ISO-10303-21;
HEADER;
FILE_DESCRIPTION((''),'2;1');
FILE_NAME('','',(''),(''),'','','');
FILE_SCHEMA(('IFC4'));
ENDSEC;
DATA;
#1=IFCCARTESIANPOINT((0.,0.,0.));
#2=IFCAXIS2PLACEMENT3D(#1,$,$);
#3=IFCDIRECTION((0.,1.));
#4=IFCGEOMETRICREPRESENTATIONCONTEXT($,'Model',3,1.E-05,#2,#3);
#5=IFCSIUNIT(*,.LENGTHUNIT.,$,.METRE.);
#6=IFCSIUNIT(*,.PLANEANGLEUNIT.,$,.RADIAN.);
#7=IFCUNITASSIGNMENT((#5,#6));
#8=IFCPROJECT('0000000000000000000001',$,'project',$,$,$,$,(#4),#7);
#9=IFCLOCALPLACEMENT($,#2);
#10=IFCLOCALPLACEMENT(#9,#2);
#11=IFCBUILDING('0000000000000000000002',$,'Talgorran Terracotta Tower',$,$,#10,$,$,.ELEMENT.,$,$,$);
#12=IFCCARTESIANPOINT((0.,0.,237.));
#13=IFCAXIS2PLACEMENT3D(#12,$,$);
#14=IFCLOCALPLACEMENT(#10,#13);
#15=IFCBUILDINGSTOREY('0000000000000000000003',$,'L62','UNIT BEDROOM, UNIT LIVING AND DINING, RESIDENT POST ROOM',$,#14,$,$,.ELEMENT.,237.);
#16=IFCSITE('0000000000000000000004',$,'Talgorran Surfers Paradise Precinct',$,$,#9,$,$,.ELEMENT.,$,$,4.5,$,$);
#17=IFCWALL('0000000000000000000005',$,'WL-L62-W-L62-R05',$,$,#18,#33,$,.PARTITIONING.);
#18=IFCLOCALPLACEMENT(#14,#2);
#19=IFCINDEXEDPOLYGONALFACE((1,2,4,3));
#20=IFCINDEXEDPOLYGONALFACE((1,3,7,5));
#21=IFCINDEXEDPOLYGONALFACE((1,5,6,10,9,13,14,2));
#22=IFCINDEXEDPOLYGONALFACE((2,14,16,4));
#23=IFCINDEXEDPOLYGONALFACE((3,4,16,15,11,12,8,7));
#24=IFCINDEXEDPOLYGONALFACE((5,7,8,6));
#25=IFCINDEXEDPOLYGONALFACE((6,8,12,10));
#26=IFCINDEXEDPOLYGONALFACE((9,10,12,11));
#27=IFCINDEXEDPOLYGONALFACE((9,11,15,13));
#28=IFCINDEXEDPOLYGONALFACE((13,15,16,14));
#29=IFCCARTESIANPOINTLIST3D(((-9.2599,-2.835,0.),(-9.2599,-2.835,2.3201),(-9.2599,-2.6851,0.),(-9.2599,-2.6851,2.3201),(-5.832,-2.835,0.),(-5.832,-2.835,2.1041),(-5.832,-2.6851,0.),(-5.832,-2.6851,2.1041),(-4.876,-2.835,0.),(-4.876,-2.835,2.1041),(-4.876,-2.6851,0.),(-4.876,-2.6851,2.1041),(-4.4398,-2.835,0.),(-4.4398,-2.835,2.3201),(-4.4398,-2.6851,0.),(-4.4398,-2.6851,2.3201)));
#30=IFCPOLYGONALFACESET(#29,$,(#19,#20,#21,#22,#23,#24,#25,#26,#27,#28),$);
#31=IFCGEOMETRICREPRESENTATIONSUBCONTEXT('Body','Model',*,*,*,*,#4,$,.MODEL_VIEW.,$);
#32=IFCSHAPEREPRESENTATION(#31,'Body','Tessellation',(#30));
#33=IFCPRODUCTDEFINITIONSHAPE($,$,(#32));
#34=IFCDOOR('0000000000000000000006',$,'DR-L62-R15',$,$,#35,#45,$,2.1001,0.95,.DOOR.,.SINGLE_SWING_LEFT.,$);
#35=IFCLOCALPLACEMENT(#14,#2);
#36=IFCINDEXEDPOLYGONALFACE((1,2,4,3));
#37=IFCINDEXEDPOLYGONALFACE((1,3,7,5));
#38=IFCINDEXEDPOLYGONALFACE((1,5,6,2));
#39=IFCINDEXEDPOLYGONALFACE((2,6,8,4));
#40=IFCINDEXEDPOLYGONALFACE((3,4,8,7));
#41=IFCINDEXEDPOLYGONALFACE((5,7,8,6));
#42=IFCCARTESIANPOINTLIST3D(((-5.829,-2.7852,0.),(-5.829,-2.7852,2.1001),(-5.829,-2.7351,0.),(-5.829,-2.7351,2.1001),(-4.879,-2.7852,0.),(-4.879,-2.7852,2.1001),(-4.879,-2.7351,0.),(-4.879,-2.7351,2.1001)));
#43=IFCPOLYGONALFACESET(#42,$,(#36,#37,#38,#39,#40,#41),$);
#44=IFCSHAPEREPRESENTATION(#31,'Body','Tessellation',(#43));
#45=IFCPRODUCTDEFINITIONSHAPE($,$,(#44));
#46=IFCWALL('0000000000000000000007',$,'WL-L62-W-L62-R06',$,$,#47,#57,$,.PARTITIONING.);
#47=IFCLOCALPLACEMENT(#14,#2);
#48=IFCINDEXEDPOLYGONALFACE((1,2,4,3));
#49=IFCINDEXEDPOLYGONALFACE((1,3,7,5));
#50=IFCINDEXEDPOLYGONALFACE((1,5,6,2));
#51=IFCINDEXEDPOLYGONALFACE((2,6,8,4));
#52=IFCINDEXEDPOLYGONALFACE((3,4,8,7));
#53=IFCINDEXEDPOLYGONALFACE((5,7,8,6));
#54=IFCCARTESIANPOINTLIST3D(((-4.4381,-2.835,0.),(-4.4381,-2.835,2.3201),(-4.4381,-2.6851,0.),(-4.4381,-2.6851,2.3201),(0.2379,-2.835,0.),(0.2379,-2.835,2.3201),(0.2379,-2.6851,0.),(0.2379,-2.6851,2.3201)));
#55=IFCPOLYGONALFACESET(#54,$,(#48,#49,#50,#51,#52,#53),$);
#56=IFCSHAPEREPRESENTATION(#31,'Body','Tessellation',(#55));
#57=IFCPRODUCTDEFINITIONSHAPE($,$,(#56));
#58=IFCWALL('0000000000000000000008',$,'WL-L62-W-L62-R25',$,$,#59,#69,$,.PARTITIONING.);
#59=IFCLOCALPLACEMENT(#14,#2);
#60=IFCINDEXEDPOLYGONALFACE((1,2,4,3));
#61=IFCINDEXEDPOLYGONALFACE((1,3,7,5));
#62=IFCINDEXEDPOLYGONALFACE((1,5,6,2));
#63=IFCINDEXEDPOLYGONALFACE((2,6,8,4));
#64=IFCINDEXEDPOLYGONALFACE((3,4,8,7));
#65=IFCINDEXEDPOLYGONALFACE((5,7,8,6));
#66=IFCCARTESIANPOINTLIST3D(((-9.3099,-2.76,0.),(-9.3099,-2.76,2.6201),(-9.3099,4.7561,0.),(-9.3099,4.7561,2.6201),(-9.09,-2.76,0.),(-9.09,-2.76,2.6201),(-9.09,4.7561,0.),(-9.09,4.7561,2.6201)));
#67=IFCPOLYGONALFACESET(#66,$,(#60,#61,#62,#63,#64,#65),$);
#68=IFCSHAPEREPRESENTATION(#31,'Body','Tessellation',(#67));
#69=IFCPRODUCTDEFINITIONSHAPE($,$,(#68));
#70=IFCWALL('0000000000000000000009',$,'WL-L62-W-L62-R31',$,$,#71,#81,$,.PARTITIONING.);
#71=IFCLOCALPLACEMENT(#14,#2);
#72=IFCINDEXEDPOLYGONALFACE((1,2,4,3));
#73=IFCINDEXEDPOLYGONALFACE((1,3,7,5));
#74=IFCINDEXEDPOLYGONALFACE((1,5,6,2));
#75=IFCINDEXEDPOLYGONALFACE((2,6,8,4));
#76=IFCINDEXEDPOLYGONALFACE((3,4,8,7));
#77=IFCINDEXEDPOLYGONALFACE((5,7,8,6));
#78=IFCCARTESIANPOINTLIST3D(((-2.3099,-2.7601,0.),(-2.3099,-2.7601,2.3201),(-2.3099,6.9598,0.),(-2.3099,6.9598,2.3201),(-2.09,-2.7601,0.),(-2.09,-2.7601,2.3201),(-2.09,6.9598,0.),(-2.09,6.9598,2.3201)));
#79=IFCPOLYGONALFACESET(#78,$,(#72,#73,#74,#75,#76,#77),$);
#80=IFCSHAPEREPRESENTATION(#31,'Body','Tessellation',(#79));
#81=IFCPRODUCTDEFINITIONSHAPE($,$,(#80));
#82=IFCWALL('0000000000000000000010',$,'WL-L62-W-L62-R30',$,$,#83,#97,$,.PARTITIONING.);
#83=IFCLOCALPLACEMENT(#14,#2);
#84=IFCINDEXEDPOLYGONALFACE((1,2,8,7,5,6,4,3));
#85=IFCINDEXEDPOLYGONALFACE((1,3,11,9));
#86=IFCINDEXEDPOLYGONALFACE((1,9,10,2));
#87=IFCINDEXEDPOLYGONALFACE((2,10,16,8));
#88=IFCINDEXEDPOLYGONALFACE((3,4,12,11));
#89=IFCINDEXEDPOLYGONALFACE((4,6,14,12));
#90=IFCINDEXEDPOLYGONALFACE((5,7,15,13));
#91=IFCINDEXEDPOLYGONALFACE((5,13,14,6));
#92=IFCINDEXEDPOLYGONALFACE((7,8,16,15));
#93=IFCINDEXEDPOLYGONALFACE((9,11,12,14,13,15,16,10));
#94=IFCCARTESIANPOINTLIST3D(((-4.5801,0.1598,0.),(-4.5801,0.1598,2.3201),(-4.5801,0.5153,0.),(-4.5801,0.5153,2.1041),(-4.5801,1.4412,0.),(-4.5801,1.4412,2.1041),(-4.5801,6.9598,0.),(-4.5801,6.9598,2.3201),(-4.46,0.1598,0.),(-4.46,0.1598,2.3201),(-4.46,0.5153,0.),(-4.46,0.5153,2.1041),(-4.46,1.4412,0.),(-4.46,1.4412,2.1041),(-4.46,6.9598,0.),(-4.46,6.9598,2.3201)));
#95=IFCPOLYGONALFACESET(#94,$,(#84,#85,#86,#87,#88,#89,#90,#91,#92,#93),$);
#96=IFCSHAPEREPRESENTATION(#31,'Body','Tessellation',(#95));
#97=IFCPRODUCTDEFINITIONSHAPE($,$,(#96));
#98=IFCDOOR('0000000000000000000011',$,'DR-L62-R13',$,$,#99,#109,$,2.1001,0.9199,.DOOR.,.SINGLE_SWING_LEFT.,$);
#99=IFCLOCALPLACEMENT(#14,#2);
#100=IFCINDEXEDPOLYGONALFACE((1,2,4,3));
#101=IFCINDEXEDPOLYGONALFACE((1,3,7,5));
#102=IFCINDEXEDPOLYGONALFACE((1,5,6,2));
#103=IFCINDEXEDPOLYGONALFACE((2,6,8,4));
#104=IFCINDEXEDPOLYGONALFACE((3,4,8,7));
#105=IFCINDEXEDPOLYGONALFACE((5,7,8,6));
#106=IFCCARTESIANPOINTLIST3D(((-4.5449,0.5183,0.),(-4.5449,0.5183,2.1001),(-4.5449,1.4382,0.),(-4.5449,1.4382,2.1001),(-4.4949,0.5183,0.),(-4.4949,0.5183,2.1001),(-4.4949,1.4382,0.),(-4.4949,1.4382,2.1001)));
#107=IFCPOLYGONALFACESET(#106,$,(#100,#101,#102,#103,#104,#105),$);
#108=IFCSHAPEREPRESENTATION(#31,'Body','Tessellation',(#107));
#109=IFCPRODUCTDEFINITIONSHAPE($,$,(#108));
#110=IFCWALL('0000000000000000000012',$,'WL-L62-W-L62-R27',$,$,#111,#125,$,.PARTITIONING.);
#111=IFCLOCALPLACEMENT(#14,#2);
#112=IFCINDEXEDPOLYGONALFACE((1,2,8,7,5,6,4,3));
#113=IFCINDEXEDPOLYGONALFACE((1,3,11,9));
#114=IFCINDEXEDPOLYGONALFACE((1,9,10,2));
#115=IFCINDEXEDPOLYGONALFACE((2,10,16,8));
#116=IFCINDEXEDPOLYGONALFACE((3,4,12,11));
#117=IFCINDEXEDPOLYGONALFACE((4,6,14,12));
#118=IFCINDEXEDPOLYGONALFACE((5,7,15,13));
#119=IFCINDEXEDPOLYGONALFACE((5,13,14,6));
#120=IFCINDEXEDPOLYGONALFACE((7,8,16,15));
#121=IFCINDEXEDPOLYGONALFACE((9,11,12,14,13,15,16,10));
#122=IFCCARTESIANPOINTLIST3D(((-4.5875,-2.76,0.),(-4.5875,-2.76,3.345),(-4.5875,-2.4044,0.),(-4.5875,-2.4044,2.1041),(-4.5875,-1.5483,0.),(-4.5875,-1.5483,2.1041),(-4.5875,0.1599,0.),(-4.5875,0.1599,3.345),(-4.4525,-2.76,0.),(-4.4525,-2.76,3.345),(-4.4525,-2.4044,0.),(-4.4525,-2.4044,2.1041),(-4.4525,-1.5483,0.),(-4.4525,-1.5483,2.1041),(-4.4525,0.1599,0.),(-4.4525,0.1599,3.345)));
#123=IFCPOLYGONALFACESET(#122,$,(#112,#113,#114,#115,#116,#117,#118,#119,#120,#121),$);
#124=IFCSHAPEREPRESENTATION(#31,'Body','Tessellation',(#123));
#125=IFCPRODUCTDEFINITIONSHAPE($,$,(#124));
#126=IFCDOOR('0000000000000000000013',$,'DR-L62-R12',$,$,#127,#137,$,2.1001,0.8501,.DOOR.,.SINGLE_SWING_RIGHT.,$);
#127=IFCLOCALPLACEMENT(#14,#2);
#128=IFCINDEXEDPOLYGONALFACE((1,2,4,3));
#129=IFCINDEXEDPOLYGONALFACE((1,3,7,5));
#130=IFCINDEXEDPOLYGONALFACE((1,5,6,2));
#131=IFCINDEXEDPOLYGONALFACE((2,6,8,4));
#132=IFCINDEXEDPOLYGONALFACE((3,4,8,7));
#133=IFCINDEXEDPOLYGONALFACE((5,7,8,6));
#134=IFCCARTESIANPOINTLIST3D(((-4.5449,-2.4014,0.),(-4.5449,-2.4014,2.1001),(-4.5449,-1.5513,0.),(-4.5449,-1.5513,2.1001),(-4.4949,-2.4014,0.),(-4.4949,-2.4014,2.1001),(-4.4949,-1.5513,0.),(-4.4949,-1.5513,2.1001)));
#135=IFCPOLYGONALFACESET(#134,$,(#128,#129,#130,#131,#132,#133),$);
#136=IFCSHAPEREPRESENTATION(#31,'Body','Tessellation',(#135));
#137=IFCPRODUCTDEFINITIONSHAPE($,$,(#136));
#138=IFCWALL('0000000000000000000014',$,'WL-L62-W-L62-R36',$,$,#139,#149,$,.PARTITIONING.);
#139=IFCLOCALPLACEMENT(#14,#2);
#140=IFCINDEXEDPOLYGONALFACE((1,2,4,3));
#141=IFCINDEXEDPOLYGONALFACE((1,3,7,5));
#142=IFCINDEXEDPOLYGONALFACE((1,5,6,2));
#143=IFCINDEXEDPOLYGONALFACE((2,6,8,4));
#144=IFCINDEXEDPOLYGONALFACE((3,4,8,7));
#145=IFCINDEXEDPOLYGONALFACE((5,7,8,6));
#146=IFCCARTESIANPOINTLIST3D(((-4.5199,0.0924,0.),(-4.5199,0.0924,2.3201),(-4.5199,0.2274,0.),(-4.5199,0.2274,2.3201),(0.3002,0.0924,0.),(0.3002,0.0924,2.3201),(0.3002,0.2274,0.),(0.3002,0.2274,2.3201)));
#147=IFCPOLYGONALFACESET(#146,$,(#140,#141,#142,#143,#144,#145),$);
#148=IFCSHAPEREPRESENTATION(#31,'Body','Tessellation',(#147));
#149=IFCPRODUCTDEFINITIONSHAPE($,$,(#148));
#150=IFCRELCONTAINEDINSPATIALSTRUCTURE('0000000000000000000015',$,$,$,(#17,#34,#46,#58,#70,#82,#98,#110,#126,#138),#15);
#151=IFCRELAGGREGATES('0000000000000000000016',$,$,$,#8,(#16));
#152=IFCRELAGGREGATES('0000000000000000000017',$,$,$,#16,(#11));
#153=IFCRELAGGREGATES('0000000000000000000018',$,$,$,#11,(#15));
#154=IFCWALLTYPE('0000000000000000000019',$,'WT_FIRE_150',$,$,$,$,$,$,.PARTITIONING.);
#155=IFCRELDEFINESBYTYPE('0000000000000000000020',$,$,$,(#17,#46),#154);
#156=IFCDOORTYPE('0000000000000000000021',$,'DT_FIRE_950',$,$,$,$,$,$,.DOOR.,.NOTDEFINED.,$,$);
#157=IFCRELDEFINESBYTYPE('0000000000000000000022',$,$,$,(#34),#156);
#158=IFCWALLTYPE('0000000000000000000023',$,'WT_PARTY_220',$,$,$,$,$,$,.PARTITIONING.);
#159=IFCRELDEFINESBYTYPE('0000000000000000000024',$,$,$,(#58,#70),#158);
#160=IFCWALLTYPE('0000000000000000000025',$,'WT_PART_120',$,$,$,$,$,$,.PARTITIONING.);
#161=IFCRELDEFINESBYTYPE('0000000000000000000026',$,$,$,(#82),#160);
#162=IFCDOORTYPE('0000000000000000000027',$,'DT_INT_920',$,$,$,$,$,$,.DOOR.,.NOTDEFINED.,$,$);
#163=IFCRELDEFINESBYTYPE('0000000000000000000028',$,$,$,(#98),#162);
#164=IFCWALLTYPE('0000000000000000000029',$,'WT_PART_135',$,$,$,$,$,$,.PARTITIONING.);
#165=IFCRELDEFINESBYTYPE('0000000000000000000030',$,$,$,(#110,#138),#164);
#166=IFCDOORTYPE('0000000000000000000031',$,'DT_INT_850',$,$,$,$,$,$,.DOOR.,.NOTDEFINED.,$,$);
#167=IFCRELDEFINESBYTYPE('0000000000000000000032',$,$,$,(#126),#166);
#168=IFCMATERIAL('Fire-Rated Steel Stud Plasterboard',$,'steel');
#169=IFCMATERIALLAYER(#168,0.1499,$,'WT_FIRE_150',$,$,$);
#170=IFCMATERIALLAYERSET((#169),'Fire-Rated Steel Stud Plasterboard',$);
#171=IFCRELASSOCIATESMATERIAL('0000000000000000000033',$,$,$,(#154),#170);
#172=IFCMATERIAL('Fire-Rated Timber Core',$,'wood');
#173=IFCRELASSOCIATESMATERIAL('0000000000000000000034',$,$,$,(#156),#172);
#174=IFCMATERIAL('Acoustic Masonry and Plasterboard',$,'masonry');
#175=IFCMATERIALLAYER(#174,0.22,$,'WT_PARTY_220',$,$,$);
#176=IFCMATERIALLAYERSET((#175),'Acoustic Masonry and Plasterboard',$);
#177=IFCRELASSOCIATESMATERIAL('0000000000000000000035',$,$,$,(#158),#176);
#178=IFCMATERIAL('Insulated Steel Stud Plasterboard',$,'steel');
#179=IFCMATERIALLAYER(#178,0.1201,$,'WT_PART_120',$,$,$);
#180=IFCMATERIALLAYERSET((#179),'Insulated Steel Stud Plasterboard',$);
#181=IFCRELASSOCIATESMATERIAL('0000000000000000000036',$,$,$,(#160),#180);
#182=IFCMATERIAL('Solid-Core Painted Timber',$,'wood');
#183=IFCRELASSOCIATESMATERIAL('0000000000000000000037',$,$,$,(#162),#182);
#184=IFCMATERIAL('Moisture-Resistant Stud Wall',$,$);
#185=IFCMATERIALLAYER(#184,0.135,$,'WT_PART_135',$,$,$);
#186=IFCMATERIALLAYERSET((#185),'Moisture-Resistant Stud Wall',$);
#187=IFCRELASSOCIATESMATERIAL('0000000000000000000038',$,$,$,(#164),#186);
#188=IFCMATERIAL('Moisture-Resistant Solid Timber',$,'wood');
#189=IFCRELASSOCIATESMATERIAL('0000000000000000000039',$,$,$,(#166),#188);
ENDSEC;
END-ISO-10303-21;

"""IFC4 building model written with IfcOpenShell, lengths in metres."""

from ifc_helpers import new_model, si_unit, direction, frame, frame_2d, origin, place, context, subcontext, project, spatial, rectangle, extrude, material, layer, layer_set, type_object, element, fill, save


model = new_model("IFC4")

# Units and contexts
model_context = context("Model", 3, precision=1e-05, world=origin(), true_north=direction((0.0, 1.0)))
body_context = subcontext(model_context, "Body", "Model", "MODEL_VIEW")
ifc_project = project(units=[si_unit("LENGTHUNIT", "METRE"), si_unit("PLANEANGLEUNIT", "RADIAN")], contexts=[model_context])

# Site, building, storey
site_placement = place(None, origin())
site = spatial("IfcSite", under=ifc_project, at=site_placement, Name="Talgorran Surfers Paradise Precinct", CompositionType="ELEMENT", RefElevation=4.5)
building_placement = place(site_placement, origin())
building = spatial("IfcBuilding", under=site, at=building_placement, Name="Talgorran Terracotta Tower", CompositionType="ELEMENT")
storey_placement = place(building_placement, frame((0.0, 0.0, 237.0)))
storey = spatial("IfcBuildingStorey", under=building, at=storey_placement, Name="L62", Description="UNIT BEDROOM, UNIT LIVING AND DINING, RESIDENT POST ROOM", CompositionType="ELEMENT", Elevation=237.0)

# Shared definitions
ifc_material_1 = material(Name="Fire-Rated Steel Stud Plasterboard", Category="steel")
ifc_layer_1 = layer(ifc_material_1, 0.1499, Name="WT_FIRE_150")
ifc_layer_set_1 = layer_set([ifc_layer_1], Name="Fire-Rated Steel Stud Plasterboard")
wall_type_1 = type_object("IfcWallType", Name="WT_FIRE_150", PredefinedType="PARTITIONING", material=ifc_layer_set_1)

# Wall, opening, door
ifc_material_2 = material(Name="Solid-Core Painted Timber", Category="wood")
wall_1_placement = place(storey_placement, frame((-9.26, -2.76, 0.0), z_axis=(0.0, 0.0, 1.0), x_axis=(1.0, 0.0, 0.0)))
wall_1 = element("IfcWall", 1, at=wall_1_placement, inside=storey, type_object=wall_type_1, Name="WL-L62-W-L62-R05", PredefinedType="PARTITIONING", context=body_context, shape_type="SweptSolid", body=[
    extrude(rectangle(XDim=4.8201, YDim=0.1499, at=frame_2d((2.4102, 0.0))), origin(), (0.0, 0.0, 1.0), 2.3201),
])
opening_1_placement = place(wall_1_placement, frame((3.4309, 0.0, 0.0)))
opening_1 = element("IfcOpeningElement", 2, at=opening_1_placement, cuts=wall_1, PredefinedType="OPENING", context=body_context, shape_type="SweptSolid", body=[
    extrude(rectangle(XDim=0.956, YDim=2.1041, at=frame_2d((0.4751, 1.052))), frame((0.0, 0.085, 0.0), z_axis=(0.0, -1.0, 0.0), x_axis=(1.0, 0.0, 0.0)), (0.0, 0.0, 1.0), 0.1699),
])
ifc_material_3 = material(Name="Fire-Rated Timber Core", Category="wood")
door_type_1 = type_object("IfcDoorType", Name="DT_FIRE_950", OperationType="NOTDEFINED", PredefinedType="DOOR", material=ifc_material_3)
door_1_placement = place(opening_1_placement, origin())
door_1 = element("IfcDoor", 3, at=door_1_placement, inside=storey, type_object=door_type_1, Name="DR-L62-R15", OperationType="SINGLE_SWING_LEFT", OverallHeight=2.1001, OverallWidth=0.95, PredefinedType="DOOR", context=body_context, shape_type="SweptSolid", body=[
    extrude(rectangle(XDim=0.95, YDim=2.1001, at=frame_2d((0.4751, 1.05))), frame((0.0, 0.0249, 0.0), z_axis=(0.0, -1.0, 0.0), x_axis=(1.0, 0.0, 0.0)), (0.0, 0.0, 1.0), 0.05),
])
fill(opening_1, door_1)

# Walls
wall_2_placement = place(storey_placement, frame((-4.438, -2.76, 0.0), z_axis=(0.0, 0.0, 1.0), x_axis=(1.0, 0.0, 0.0)))
element("IfcWall", 4, at=wall_2_placement, inside=storey, type_object=wall_type_1, Name="WL-L62-W-L62-R06", PredefinedType="PARTITIONING", context=body_context, shape_type="SweptSolid", body=[
    extrude(rectangle(XDim=4.676, YDim=0.1499, at=frame_2d((2.3379, 0.0))), origin(), (0.0, 0.0, 1.0), 2.3201),
])
ifc_material_4 = material(Name="Acoustic Masonry and Plasterboard", Category="masonry")
ifc_layer_2 = layer(ifc_material_4, 0.22, Name="WT_PARTY_220")
ifc_layer_set_2 = layer_set([ifc_layer_2], Name="Acoustic Masonry and Plasterboard")
wall_type_2 = type_object("IfcWallType", Name="WT_PARTY_220", PredefinedType="PARTITIONING", material=ifc_layer_set_2)
wall_3_placement = place(storey_placement, frame((-9.2, -2.76, 0.0), z_axis=(0.0, 0.0, 1.0), x_axis=(0.0, 1.0, 0.0)))
element("IfcWall", 5, at=wall_3_placement, inside=storey, type_object=wall_type_2, Name="WL-L62-W-L62-R25", PredefinedType="PARTITIONING", context=body_context, shape_type="SweptSolid", body=[
    extrude(rectangle(XDim=7.5161, YDim=0.22, at=frame_2d((3.7581, 0.0))), origin(), (0.0, 0.0, 1.0), 2.6201),
])
wall_4_placement = place(storey_placement, frame((-2.2, -2.76, 0.0), z_axis=(0.0, 0.0, 1.0), x_axis=(0.0, 1.0, 0.0)))
element("IfcWall", 6, at=wall_4_placement, inside=storey, type_object=wall_type_2, Name="WL-L62-W-L62-R31", PredefinedType="PARTITIONING", context=body_context, shape_type="SweptSolid", body=[
    extrude(rectangle(XDim=9.72, YDim=0.22, at=frame_2d((4.8599, 0.0))), origin(), (0.0, 0.0, 1.0), 2.3201),
])

# Walls, openings, doors
ifc_material_5 = material(Name="Insulated Steel Stud Plasterboard", Category="steel")
ifc_layer_3 = layer(ifc_material_5, 0.1201, Name="WT_PART_120")
ifc_layer_set_3 = layer_set([ifc_layer_3], Name="Insulated Steel Stud Plasterboard")
wall_type_3 = type_object("IfcWallType", Name="WT_PART_120", PredefinedType="PARTITIONING", material=ifc_layer_set_3)
wall_5_placement = place(storey_placement, frame((-4.52, 0.1599, 0.0), z_axis=(0.0, 0.0, 1.0), x_axis=(0.0, 1.0, 0.0)))
wall_5 = element("IfcWall", 7, at=wall_5_placement, inside=storey, type_object=wall_type_3, Name="WL-L62-W-L62-R30", PredefinedType="PARTITIONING", context=body_context, shape_type="SweptSolid", body=[
    extrude(rectangle(XDim=6.8, YDim=0.1201, at=frame_2d((3.3999, 0.0))), origin(), (0.0, 0.0, 1.0), 2.3201),
])
opening_2_placement = place(wall_5_placement, frame((0.3584, 0.0, 0.0)))
opening_2 = element("IfcOpeningElement", 8, at=opening_2_placement, cuts=wall_5, PredefinedType="OPENING", context=body_context, shape_type="SweptSolid", body=[
    extrude(rectangle(XDim=0.9259, YDim=2.1041, at=frame_2d((0.46, 1.052))), frame((0.0, 0.0701, 0.0), z_axis=(0.0, -1.0, 0.0), x_axis=(1.0, 0.0, 0.0)), (0.0, 0.0, 1.0), 0.1401),
])
door_type_2 = type_object("IfcDoorType", Name="DT_INT_920", OperationType="NOTDEFINED", PredefinedType="DOOR", material=ifc_material_2)
door_2_placement = place(opening_2_placement, origin())
door_2 = element("IfcDoor", 9, at=door_2_placement, inside=storey, type_object=door_type_2, Name="DR-L62-R13", OperationType="SINGLE_SWING_LEFT", OverallHeight=2.1001, OverallWidth=0.9199, PredefinedType="DOOR", context=body_context, shape_type="SweptSolid", body=[
    extrude(rectangle(XDim=0.9199, YDim=2.1001, at=frame_2d((0.46, 1.05))), frame((0.0, 0.0249, 0.0), z_axis=(0.0, -1.0, 0.0), x_axis=(1.0, 0.0, 0.0)), (0.0, 0.0, 1.0), 0.05),
])
fill(opening_2, door_2)
ifc_material_6 = material(Name="Moisture-Resistant Stud Wall")
ifc_layer_4 = layer(ifc_material_6, 0.135, Name="WT_PART_135")
ifc_layer_set_4 = layer_set([ifc_layer_4], Name="Moisture-Resistant Stud Wall")
wall_type_4 = type_object("IfcWallType", Name="WT_PART_135", PredefinedType="PARTITIONING", material=ifc_layer_set_4)
wall_6_placement = place(storey_placement, frame((-4.52, -2.76, 0.0), z_axis=(0.0, 0.0, 1.0), x_axis=(0.0, 1.0, 0.0)))
wall_6 = element("IfcWall", 10, at=wall_6_placement, inside=storey, type_object=wall_type_4, Name="WL-L62-W-L62-R27", PredefinedType="PARTITIONING", context=body_context, shape_type="SweptSolid", body=[
    extrude(rectangle(XDim=2.9199, YDim=0.135, at=frame_2d((1.46, 0.0))), origin(), (0.0, 0.0, 1.0), 3.345),
])
opening_3_placement = place(wall_6_placement, frame((0.3586, 0.0, 0.0)))
opening_3 = element("IfcOpeningElement", 11, at=opening_3_placement, cuts=wall_6, PredefinedType="OPENING", context=body_context, shape_type="SweptSolid", body=[
    extrude(rectangle(XDim=0.8561, YDim=2.1041, at=frame_2d((0.425, 1.052))), frame((0.0, 0.0776, 0.0), z_axis=(0.0, -1.0, 0.0), x_axis=(1.0, 0.0, 0.0)), (0.0, 0.0, 1.0), 0.155),
])
ifc_material_7 = material(Name="Moisture-Resistant Solid Timber", Category="wood")
door_type_3 = type_object("IfcDoorType", Name="DT_INT_850", OperationType="NOTDEFINED", PredefinedType="DOOR", material=ifc_material_7)
door_3_placement = place(opening_3_placement, origin())
door_3 = element("IfcDoor", 12, at=door_3_placement, inside=storey, type_object=door_type_3, Name="DR-L62-R12", OperationType="SINGLE_SWING_RIGHT", OverallHeight=2.1001, OverallWidth=0.8501, PredefinedType="DOOR", context=body_context, shape_type="SweptSolid", body=[
    extrude(rectangle(XDim=0.8501, YDim=2.1001, at=frame_2d((0.425, 1.05))), frame((0.0, 0.0249, 0.0), z_axis=(0.0, -1.0, 0.0), x_axis=(1.0, 0.0, 0.0)), (0.0, 0.0, 1.0), 0.05),
])
fill(opening_3, door_3)

# Wall
wall_7_placement = place(storey_placement, frame((-4.52, 0.1599, 0.0), z_axis=(0.0, 0.0, 1.0), x_axis=(1.0, 0.0, 0.0)))
element("IfcWall", 13, at=wall_7_placement, inside=storey, type_object=wall_type_4, Name="WL-L62-W-L62-R36", PredefinedType="PARTITIONING", context=body_context, shape_type="SweptSolid", body=[
    extrude(rectangle(XDim=4.8201, YDim=0.135, at=frame_2d((2.4102, 0.0))), origin(), (0.0, 0.0, 1.0), 2.3201),
])

save(model, "model.ifc")
